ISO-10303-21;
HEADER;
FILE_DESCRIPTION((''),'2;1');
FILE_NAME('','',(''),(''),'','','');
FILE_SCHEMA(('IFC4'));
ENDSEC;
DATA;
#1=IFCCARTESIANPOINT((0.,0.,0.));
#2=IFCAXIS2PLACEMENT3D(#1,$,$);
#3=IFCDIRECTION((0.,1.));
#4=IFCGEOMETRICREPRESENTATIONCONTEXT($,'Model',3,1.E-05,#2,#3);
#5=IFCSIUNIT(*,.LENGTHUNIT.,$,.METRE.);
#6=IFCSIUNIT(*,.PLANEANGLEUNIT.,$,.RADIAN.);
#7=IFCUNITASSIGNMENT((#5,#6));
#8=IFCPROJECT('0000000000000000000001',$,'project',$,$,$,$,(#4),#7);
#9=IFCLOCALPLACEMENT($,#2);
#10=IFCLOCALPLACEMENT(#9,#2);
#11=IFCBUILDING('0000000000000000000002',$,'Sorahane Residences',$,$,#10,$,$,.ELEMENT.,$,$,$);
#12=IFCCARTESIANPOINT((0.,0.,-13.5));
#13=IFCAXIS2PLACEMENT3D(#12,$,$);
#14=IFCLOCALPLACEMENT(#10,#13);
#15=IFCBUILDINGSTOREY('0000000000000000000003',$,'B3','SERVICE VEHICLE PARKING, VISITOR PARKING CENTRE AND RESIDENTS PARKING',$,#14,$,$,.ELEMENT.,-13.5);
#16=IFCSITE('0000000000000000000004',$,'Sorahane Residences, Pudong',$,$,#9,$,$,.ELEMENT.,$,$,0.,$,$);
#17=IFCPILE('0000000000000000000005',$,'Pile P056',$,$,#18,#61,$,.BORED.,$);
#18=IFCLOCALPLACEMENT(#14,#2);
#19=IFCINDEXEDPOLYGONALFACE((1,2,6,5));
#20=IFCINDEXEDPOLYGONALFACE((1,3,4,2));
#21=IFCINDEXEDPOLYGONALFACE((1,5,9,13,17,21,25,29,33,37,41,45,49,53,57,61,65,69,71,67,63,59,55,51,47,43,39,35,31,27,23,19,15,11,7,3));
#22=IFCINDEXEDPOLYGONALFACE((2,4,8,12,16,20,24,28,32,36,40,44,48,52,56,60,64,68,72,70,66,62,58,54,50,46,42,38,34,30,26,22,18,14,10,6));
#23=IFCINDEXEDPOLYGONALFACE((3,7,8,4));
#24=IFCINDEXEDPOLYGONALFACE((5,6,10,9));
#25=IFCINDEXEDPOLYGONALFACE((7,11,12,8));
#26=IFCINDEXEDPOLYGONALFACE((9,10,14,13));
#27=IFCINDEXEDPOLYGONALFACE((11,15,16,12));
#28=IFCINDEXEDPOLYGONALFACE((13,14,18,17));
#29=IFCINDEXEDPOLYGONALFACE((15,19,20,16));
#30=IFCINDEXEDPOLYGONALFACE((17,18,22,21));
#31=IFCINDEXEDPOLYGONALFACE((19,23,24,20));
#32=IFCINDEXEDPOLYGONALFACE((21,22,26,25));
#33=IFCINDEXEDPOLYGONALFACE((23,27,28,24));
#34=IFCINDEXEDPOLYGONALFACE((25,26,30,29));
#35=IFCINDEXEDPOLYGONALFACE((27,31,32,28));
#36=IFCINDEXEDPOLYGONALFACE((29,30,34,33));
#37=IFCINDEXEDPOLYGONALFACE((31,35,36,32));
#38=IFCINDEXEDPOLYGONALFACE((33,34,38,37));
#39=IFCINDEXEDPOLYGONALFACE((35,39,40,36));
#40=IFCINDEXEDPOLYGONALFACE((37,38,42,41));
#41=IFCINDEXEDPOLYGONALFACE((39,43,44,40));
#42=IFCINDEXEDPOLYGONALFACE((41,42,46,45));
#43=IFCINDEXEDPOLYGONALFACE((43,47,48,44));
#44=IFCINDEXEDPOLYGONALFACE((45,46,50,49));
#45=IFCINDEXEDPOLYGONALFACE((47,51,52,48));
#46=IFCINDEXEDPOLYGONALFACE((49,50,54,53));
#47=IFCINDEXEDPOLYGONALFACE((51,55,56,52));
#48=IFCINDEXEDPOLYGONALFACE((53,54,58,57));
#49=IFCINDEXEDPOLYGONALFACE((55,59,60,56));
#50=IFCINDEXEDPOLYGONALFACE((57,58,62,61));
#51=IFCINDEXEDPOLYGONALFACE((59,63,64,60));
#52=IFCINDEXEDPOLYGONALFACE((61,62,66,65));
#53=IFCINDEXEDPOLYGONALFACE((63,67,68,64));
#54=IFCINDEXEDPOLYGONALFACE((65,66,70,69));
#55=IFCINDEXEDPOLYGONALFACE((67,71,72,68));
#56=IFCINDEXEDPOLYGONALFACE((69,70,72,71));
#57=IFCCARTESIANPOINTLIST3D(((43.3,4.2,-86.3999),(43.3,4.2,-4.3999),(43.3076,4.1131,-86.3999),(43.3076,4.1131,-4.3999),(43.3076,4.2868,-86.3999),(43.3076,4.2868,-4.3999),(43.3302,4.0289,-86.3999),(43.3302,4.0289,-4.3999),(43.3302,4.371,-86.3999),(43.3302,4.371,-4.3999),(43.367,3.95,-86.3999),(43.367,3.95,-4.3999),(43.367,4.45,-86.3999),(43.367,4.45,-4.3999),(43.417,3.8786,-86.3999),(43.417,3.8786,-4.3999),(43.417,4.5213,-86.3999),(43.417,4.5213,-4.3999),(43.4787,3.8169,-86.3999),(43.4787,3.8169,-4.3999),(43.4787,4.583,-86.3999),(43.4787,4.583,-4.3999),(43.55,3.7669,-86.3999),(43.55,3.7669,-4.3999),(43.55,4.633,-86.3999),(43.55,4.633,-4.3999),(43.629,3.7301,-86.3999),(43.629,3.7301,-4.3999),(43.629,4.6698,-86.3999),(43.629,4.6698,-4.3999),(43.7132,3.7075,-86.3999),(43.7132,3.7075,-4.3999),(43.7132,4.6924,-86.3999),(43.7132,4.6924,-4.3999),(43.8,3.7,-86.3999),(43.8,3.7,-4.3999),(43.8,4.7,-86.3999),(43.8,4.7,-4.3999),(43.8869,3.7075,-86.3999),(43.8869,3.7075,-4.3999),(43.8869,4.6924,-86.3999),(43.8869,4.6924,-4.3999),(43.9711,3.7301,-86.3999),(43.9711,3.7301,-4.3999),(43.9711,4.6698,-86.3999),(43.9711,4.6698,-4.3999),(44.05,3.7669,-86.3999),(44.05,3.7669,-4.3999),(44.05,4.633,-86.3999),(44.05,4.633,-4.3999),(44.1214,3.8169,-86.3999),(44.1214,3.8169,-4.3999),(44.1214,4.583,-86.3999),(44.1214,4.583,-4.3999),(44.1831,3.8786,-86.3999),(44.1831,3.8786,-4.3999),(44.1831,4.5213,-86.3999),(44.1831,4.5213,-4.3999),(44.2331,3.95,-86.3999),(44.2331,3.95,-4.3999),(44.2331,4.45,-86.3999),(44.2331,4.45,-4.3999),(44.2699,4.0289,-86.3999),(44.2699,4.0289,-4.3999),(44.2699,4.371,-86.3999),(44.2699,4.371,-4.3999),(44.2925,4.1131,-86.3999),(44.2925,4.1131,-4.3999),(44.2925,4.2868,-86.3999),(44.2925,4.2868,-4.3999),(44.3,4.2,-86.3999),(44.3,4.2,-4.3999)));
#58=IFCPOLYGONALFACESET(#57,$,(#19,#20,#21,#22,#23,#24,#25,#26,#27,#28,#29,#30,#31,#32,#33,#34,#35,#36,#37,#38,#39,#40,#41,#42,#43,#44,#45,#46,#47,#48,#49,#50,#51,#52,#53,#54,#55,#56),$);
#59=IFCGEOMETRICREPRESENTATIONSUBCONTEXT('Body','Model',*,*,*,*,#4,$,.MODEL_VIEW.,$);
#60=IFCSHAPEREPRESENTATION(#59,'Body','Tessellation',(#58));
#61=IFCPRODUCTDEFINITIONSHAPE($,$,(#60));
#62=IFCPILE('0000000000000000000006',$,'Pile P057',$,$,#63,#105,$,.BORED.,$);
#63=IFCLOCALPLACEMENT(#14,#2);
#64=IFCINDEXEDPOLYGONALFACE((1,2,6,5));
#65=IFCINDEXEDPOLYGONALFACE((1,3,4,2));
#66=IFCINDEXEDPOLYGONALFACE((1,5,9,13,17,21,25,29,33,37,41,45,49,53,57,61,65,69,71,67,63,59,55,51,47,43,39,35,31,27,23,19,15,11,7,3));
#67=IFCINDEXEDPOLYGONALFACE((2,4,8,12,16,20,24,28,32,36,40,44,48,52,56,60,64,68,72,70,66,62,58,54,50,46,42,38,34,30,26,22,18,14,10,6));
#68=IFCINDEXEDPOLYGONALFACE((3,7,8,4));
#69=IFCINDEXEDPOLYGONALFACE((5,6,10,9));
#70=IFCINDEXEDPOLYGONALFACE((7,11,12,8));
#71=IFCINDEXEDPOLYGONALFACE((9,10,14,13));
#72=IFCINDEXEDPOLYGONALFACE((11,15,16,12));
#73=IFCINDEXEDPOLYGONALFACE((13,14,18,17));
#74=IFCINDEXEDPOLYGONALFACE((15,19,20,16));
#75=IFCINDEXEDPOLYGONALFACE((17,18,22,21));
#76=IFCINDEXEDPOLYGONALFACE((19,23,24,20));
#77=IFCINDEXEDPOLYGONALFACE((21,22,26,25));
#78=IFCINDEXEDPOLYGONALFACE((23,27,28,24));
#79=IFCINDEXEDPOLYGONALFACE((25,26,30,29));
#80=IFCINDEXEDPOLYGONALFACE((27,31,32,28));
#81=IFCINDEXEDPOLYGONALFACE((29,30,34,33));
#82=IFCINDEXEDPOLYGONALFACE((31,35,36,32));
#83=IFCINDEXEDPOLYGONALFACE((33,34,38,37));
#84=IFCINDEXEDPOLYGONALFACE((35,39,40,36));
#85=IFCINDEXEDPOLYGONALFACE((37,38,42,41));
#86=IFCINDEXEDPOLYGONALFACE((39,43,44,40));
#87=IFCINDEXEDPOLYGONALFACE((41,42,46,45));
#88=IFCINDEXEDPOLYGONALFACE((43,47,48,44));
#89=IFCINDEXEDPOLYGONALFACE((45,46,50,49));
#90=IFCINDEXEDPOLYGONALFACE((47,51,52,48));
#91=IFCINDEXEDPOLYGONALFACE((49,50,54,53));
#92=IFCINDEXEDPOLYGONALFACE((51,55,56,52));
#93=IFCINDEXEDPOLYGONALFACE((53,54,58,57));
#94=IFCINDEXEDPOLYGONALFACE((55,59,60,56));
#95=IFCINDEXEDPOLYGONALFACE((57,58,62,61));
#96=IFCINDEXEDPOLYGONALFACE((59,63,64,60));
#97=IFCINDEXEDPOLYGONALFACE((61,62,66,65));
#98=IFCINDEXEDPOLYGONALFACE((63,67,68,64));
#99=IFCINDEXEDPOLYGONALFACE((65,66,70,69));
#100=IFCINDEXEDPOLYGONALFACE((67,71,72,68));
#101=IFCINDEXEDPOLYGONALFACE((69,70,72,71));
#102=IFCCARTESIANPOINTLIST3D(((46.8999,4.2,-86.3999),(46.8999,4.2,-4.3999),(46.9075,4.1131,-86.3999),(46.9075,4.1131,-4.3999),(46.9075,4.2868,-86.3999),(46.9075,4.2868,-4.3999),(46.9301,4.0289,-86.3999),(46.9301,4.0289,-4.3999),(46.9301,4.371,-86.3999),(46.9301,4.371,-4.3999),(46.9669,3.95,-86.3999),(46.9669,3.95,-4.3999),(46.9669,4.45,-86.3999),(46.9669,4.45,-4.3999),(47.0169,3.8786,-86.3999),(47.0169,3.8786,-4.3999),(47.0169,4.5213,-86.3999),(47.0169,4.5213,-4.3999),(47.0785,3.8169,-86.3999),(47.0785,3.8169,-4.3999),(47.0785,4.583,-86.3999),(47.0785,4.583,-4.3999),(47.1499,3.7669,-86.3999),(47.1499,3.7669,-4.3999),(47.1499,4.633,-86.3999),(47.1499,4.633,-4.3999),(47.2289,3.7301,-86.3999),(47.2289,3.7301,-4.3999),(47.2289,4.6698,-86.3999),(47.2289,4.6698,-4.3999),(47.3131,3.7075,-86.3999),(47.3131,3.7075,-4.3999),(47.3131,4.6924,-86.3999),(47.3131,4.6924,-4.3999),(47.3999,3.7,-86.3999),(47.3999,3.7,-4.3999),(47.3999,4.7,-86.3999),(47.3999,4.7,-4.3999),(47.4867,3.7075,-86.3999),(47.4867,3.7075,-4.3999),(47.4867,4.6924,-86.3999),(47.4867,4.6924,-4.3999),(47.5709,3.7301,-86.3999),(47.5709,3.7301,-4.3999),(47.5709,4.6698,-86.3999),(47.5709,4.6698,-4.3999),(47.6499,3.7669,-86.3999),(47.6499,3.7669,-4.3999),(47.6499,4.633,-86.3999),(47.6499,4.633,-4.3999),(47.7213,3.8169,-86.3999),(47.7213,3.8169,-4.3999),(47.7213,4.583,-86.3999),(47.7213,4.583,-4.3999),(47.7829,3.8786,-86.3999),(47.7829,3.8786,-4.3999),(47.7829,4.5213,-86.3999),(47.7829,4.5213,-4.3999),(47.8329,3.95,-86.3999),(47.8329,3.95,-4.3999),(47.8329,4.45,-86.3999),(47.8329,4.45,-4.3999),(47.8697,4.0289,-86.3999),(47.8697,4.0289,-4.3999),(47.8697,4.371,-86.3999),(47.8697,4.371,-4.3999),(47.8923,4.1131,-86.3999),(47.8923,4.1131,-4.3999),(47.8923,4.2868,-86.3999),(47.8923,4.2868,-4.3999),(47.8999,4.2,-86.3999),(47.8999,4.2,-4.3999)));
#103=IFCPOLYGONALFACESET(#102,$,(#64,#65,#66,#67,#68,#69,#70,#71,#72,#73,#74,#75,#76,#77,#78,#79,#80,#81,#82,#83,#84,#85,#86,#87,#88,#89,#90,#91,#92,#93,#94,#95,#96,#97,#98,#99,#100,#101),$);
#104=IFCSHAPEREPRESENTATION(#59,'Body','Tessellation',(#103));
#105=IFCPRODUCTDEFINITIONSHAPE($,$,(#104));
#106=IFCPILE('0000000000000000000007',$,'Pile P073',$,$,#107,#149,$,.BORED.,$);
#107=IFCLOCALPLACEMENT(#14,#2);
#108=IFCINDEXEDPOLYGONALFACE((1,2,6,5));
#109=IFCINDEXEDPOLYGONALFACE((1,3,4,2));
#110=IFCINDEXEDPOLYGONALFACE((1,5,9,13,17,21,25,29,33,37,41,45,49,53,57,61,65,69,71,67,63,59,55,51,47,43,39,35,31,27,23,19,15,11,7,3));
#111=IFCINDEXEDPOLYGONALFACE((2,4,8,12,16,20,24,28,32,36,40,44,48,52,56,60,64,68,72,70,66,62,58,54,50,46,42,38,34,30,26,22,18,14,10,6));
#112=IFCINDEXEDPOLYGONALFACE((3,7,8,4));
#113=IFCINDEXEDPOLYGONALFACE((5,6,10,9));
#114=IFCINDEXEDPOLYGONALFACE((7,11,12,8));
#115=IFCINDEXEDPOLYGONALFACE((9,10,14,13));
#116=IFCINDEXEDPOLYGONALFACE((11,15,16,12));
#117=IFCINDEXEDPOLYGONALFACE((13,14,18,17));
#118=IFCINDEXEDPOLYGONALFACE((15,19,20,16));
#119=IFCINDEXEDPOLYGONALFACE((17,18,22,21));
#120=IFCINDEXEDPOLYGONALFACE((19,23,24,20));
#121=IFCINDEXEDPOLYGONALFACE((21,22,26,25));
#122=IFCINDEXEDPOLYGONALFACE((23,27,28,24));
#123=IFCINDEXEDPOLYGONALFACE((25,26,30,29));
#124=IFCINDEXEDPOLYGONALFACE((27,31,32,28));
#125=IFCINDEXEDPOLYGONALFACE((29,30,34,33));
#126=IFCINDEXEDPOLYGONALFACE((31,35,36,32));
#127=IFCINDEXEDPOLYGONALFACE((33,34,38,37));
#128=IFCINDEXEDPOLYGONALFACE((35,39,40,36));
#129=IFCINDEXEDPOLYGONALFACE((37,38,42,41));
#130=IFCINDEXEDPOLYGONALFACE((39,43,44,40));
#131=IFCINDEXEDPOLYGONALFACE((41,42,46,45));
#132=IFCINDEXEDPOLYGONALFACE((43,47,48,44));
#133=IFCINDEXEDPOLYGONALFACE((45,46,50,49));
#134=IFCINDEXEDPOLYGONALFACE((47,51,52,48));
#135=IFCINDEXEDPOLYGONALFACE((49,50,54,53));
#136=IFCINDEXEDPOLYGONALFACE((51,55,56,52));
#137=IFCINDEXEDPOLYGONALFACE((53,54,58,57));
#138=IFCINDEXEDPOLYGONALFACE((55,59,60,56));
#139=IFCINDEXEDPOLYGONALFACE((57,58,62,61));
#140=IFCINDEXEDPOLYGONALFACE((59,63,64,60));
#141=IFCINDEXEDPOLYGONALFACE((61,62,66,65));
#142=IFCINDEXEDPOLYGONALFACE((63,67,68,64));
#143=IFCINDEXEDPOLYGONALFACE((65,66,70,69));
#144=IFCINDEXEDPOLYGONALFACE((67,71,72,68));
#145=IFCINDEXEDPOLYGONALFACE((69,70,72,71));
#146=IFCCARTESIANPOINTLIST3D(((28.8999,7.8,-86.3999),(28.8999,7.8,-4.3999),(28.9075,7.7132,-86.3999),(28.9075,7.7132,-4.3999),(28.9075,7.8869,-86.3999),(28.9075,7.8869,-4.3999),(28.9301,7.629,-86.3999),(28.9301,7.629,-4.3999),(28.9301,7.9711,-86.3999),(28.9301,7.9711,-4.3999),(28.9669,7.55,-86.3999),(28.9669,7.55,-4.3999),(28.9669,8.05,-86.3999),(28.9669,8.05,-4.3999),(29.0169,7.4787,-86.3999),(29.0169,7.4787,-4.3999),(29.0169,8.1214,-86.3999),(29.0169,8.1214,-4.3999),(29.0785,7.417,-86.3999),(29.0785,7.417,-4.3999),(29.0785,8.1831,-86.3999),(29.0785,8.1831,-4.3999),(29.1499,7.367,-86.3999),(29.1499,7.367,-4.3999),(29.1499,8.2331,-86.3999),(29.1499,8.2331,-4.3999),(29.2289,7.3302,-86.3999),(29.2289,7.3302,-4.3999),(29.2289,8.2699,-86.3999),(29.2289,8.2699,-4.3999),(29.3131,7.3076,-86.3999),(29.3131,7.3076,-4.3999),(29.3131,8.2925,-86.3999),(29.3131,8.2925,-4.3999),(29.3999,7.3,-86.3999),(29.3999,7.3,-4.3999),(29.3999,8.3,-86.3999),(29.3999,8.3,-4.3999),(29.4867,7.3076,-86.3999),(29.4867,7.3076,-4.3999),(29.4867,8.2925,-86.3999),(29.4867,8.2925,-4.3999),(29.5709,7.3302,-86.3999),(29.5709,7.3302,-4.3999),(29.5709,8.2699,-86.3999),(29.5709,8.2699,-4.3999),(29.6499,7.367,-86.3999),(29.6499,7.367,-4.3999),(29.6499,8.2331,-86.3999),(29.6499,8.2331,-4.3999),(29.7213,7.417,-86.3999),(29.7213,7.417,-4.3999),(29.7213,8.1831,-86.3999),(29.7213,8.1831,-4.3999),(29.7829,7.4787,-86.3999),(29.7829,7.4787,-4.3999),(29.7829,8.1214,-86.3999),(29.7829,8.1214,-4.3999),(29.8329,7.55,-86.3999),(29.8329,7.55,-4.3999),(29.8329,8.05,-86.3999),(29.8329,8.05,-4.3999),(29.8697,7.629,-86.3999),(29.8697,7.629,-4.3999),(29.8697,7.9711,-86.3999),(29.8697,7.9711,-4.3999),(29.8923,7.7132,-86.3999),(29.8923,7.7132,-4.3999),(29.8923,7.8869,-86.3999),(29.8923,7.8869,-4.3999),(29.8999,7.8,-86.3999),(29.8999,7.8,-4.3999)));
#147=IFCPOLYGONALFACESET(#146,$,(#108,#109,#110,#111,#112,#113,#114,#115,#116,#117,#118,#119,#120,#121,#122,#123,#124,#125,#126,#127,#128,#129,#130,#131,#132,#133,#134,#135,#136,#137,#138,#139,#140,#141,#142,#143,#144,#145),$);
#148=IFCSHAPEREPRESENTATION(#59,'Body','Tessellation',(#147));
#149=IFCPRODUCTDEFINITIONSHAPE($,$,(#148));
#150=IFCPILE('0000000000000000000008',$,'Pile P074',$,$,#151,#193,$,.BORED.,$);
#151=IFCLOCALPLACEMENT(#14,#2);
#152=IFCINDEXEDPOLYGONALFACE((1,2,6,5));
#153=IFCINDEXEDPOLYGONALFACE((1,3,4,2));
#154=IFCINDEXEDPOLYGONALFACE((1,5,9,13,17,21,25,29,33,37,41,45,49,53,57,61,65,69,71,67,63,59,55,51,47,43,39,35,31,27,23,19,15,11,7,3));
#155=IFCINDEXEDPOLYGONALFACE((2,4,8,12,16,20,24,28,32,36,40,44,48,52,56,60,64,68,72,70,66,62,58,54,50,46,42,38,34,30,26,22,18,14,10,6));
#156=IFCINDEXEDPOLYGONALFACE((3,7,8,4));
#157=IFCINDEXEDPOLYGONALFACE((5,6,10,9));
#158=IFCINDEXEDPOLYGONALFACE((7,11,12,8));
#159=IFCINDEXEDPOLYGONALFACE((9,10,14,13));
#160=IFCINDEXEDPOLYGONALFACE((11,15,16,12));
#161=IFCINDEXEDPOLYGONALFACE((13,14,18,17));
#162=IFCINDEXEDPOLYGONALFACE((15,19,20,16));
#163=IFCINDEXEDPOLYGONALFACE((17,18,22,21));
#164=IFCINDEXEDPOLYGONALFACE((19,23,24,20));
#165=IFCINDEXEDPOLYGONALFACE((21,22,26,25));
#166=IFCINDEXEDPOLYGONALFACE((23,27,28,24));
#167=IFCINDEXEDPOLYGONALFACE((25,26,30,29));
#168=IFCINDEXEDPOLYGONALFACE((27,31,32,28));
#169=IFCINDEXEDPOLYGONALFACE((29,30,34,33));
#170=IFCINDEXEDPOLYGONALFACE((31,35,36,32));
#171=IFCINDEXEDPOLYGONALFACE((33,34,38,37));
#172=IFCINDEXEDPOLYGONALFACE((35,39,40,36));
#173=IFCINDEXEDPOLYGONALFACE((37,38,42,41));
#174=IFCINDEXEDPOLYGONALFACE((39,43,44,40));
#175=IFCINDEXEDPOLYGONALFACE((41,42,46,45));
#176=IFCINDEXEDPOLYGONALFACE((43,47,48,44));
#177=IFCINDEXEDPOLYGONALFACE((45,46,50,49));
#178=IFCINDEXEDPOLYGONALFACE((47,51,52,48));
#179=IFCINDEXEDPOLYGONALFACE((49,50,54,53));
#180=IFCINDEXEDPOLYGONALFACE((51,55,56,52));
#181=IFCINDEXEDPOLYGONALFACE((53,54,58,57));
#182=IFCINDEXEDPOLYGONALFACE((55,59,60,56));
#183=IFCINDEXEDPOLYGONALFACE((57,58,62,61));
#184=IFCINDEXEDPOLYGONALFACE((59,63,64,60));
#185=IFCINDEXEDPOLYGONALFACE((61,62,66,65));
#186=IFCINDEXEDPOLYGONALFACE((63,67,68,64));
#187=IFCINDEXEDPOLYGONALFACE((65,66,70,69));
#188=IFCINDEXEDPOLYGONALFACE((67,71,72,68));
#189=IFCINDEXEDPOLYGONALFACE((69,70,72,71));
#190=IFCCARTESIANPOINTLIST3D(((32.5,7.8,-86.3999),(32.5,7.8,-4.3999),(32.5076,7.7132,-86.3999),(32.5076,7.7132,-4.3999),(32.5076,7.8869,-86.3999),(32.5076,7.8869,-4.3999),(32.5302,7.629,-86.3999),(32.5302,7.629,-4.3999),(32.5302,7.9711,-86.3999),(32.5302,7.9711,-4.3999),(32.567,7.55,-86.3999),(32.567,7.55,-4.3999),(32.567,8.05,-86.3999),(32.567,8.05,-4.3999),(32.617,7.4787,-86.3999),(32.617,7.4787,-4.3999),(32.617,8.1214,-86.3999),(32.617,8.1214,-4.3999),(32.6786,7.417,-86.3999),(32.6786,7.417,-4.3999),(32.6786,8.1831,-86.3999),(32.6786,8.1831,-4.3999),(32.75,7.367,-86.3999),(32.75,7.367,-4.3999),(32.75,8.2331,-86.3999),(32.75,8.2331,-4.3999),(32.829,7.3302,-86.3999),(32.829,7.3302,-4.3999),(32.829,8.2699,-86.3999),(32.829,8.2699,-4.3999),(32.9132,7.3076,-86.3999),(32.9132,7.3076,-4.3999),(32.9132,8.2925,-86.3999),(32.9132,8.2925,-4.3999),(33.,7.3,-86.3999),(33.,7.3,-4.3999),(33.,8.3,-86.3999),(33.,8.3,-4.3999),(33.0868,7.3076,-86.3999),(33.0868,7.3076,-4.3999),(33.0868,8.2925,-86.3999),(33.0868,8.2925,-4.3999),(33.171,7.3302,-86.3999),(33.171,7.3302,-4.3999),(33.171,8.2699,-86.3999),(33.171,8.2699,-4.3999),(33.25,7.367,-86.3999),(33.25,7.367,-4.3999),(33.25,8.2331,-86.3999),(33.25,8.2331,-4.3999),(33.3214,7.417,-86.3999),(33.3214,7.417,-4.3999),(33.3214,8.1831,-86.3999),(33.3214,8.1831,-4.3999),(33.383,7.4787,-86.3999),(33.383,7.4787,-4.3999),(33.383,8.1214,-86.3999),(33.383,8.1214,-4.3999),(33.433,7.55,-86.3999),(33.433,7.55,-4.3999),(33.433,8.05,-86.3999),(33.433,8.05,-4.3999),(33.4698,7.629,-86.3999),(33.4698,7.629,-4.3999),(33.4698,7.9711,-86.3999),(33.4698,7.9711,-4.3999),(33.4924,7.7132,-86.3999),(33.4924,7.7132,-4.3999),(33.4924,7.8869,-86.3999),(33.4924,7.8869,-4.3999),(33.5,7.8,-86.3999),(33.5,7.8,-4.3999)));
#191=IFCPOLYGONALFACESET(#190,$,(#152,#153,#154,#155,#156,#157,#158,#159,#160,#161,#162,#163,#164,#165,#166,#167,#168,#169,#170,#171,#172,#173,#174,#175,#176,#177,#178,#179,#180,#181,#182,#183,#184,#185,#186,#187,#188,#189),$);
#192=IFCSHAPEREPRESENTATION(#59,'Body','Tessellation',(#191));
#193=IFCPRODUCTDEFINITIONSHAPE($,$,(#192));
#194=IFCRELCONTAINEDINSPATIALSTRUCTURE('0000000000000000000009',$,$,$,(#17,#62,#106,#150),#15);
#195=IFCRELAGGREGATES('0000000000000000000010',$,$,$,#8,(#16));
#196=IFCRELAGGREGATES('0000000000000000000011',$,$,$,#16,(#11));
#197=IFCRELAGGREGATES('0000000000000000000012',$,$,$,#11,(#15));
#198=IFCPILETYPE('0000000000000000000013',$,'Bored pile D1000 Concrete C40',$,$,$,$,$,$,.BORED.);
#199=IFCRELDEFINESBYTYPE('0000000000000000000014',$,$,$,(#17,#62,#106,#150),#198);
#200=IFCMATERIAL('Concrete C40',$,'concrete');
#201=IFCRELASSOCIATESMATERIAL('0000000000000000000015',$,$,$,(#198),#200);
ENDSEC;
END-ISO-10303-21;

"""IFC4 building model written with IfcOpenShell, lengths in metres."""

from ifc_helpers import new_model, si_unit, direction, frame, origin, origin_2d, place, context, subcontext, project, spatial, circle, extrude, material, material_profile, profile_set, type_object, element, save


model = new_model("IFC4")

# Units and contexts
model_context = context("Model", 3, precision=1e-05, world=origin(), true_north=direction((0.0, 1.0)))
body_context = subcontext(model_context, "Body", "Model", "MODEL_VIEW")
ifc_project = project(units=[si_unit("LENGTHUNIT", "METRE"), si_unit("PLANEANGLEUNIT", "RADIAN")], contexts=[model_context])

# Site, building, storey
site_placement = place(None, origin())
site = spatial("IfcSite", under=ifc_project, at=site_placement, Name="Sorahane Residences, Pudong", CompositionType="ELEMENT", RefElevation=0.0)
building_placement = place(site_placement, origin())
building = spatial("IfcBuilding", under=site, at=building_placement, Name="Sorahane Residences", CompositionType="ELEMENT")
storey_placement = place(building_placement, frame((0.0, 0.0, -13.5)))
storey = spatial("IfcBuildingStorey", under=building, at=storey_placement, Name="B3", Description="SERVICE VEHICLE PARKING, VISITOR PARKING CENTRE AND RESIDENTS PARKING", CompositionType="ELEMENT", Elevation=-13.5)

# Piles
ifc_material_1 = material(Name="Concrete C40", Category="concrete")
ifc_material_profile_1 = material_profile(ifc_material_1, circle(Radius=0.5, at=origin_2d()), Name="D1000")
ifc_profile_set_1 = profile_set([ifc_material_profile_1], Name="Concrete C40")
pile_type = type_object("IfcPileType", Name="Bored pile D1000 Concrete C40", PredefinedType="BORED", material=ifc_profile_set_1)
for number, where, z_axis, x_axis, name in (
    (1, (43.8, 4.2, -4.3999), (0.0, 0.0, -1.0), (1.0, 0.0, 0.0), "Pile P056"),
    (2, (47.3999, 4.2, -4.3999), (0.0, 0.0, -1.0), (1.0, 0.0, 0.0), "Pile P057"),
    (3, (29.3999, 7.8, -4.3999), (0.0, 0.0, -1.0), (1.0, 0.0, 0.0), "Pile P073"),
    (4, (33.0, 7.8, -4.3999), (0.0, 0.0, -1.0), (1.0, 0.0, 0.0), "Pile P074"),
):
    element("IfcPile", number, at=place(storey_placement, frame(where, z_axis=z_axis, x_axis=x_axis)), inside=storey, type_object=pile_type, Name=name, PredefinedType="BORED", context=body_context, shape_type="SweptSolid", body=[
        extrude(circle(Radius=0.5, at=origin_2d()), origin(), (0.0, 0.0, 1.0), 82.0),
    ])

save(model, "model.ifc")
